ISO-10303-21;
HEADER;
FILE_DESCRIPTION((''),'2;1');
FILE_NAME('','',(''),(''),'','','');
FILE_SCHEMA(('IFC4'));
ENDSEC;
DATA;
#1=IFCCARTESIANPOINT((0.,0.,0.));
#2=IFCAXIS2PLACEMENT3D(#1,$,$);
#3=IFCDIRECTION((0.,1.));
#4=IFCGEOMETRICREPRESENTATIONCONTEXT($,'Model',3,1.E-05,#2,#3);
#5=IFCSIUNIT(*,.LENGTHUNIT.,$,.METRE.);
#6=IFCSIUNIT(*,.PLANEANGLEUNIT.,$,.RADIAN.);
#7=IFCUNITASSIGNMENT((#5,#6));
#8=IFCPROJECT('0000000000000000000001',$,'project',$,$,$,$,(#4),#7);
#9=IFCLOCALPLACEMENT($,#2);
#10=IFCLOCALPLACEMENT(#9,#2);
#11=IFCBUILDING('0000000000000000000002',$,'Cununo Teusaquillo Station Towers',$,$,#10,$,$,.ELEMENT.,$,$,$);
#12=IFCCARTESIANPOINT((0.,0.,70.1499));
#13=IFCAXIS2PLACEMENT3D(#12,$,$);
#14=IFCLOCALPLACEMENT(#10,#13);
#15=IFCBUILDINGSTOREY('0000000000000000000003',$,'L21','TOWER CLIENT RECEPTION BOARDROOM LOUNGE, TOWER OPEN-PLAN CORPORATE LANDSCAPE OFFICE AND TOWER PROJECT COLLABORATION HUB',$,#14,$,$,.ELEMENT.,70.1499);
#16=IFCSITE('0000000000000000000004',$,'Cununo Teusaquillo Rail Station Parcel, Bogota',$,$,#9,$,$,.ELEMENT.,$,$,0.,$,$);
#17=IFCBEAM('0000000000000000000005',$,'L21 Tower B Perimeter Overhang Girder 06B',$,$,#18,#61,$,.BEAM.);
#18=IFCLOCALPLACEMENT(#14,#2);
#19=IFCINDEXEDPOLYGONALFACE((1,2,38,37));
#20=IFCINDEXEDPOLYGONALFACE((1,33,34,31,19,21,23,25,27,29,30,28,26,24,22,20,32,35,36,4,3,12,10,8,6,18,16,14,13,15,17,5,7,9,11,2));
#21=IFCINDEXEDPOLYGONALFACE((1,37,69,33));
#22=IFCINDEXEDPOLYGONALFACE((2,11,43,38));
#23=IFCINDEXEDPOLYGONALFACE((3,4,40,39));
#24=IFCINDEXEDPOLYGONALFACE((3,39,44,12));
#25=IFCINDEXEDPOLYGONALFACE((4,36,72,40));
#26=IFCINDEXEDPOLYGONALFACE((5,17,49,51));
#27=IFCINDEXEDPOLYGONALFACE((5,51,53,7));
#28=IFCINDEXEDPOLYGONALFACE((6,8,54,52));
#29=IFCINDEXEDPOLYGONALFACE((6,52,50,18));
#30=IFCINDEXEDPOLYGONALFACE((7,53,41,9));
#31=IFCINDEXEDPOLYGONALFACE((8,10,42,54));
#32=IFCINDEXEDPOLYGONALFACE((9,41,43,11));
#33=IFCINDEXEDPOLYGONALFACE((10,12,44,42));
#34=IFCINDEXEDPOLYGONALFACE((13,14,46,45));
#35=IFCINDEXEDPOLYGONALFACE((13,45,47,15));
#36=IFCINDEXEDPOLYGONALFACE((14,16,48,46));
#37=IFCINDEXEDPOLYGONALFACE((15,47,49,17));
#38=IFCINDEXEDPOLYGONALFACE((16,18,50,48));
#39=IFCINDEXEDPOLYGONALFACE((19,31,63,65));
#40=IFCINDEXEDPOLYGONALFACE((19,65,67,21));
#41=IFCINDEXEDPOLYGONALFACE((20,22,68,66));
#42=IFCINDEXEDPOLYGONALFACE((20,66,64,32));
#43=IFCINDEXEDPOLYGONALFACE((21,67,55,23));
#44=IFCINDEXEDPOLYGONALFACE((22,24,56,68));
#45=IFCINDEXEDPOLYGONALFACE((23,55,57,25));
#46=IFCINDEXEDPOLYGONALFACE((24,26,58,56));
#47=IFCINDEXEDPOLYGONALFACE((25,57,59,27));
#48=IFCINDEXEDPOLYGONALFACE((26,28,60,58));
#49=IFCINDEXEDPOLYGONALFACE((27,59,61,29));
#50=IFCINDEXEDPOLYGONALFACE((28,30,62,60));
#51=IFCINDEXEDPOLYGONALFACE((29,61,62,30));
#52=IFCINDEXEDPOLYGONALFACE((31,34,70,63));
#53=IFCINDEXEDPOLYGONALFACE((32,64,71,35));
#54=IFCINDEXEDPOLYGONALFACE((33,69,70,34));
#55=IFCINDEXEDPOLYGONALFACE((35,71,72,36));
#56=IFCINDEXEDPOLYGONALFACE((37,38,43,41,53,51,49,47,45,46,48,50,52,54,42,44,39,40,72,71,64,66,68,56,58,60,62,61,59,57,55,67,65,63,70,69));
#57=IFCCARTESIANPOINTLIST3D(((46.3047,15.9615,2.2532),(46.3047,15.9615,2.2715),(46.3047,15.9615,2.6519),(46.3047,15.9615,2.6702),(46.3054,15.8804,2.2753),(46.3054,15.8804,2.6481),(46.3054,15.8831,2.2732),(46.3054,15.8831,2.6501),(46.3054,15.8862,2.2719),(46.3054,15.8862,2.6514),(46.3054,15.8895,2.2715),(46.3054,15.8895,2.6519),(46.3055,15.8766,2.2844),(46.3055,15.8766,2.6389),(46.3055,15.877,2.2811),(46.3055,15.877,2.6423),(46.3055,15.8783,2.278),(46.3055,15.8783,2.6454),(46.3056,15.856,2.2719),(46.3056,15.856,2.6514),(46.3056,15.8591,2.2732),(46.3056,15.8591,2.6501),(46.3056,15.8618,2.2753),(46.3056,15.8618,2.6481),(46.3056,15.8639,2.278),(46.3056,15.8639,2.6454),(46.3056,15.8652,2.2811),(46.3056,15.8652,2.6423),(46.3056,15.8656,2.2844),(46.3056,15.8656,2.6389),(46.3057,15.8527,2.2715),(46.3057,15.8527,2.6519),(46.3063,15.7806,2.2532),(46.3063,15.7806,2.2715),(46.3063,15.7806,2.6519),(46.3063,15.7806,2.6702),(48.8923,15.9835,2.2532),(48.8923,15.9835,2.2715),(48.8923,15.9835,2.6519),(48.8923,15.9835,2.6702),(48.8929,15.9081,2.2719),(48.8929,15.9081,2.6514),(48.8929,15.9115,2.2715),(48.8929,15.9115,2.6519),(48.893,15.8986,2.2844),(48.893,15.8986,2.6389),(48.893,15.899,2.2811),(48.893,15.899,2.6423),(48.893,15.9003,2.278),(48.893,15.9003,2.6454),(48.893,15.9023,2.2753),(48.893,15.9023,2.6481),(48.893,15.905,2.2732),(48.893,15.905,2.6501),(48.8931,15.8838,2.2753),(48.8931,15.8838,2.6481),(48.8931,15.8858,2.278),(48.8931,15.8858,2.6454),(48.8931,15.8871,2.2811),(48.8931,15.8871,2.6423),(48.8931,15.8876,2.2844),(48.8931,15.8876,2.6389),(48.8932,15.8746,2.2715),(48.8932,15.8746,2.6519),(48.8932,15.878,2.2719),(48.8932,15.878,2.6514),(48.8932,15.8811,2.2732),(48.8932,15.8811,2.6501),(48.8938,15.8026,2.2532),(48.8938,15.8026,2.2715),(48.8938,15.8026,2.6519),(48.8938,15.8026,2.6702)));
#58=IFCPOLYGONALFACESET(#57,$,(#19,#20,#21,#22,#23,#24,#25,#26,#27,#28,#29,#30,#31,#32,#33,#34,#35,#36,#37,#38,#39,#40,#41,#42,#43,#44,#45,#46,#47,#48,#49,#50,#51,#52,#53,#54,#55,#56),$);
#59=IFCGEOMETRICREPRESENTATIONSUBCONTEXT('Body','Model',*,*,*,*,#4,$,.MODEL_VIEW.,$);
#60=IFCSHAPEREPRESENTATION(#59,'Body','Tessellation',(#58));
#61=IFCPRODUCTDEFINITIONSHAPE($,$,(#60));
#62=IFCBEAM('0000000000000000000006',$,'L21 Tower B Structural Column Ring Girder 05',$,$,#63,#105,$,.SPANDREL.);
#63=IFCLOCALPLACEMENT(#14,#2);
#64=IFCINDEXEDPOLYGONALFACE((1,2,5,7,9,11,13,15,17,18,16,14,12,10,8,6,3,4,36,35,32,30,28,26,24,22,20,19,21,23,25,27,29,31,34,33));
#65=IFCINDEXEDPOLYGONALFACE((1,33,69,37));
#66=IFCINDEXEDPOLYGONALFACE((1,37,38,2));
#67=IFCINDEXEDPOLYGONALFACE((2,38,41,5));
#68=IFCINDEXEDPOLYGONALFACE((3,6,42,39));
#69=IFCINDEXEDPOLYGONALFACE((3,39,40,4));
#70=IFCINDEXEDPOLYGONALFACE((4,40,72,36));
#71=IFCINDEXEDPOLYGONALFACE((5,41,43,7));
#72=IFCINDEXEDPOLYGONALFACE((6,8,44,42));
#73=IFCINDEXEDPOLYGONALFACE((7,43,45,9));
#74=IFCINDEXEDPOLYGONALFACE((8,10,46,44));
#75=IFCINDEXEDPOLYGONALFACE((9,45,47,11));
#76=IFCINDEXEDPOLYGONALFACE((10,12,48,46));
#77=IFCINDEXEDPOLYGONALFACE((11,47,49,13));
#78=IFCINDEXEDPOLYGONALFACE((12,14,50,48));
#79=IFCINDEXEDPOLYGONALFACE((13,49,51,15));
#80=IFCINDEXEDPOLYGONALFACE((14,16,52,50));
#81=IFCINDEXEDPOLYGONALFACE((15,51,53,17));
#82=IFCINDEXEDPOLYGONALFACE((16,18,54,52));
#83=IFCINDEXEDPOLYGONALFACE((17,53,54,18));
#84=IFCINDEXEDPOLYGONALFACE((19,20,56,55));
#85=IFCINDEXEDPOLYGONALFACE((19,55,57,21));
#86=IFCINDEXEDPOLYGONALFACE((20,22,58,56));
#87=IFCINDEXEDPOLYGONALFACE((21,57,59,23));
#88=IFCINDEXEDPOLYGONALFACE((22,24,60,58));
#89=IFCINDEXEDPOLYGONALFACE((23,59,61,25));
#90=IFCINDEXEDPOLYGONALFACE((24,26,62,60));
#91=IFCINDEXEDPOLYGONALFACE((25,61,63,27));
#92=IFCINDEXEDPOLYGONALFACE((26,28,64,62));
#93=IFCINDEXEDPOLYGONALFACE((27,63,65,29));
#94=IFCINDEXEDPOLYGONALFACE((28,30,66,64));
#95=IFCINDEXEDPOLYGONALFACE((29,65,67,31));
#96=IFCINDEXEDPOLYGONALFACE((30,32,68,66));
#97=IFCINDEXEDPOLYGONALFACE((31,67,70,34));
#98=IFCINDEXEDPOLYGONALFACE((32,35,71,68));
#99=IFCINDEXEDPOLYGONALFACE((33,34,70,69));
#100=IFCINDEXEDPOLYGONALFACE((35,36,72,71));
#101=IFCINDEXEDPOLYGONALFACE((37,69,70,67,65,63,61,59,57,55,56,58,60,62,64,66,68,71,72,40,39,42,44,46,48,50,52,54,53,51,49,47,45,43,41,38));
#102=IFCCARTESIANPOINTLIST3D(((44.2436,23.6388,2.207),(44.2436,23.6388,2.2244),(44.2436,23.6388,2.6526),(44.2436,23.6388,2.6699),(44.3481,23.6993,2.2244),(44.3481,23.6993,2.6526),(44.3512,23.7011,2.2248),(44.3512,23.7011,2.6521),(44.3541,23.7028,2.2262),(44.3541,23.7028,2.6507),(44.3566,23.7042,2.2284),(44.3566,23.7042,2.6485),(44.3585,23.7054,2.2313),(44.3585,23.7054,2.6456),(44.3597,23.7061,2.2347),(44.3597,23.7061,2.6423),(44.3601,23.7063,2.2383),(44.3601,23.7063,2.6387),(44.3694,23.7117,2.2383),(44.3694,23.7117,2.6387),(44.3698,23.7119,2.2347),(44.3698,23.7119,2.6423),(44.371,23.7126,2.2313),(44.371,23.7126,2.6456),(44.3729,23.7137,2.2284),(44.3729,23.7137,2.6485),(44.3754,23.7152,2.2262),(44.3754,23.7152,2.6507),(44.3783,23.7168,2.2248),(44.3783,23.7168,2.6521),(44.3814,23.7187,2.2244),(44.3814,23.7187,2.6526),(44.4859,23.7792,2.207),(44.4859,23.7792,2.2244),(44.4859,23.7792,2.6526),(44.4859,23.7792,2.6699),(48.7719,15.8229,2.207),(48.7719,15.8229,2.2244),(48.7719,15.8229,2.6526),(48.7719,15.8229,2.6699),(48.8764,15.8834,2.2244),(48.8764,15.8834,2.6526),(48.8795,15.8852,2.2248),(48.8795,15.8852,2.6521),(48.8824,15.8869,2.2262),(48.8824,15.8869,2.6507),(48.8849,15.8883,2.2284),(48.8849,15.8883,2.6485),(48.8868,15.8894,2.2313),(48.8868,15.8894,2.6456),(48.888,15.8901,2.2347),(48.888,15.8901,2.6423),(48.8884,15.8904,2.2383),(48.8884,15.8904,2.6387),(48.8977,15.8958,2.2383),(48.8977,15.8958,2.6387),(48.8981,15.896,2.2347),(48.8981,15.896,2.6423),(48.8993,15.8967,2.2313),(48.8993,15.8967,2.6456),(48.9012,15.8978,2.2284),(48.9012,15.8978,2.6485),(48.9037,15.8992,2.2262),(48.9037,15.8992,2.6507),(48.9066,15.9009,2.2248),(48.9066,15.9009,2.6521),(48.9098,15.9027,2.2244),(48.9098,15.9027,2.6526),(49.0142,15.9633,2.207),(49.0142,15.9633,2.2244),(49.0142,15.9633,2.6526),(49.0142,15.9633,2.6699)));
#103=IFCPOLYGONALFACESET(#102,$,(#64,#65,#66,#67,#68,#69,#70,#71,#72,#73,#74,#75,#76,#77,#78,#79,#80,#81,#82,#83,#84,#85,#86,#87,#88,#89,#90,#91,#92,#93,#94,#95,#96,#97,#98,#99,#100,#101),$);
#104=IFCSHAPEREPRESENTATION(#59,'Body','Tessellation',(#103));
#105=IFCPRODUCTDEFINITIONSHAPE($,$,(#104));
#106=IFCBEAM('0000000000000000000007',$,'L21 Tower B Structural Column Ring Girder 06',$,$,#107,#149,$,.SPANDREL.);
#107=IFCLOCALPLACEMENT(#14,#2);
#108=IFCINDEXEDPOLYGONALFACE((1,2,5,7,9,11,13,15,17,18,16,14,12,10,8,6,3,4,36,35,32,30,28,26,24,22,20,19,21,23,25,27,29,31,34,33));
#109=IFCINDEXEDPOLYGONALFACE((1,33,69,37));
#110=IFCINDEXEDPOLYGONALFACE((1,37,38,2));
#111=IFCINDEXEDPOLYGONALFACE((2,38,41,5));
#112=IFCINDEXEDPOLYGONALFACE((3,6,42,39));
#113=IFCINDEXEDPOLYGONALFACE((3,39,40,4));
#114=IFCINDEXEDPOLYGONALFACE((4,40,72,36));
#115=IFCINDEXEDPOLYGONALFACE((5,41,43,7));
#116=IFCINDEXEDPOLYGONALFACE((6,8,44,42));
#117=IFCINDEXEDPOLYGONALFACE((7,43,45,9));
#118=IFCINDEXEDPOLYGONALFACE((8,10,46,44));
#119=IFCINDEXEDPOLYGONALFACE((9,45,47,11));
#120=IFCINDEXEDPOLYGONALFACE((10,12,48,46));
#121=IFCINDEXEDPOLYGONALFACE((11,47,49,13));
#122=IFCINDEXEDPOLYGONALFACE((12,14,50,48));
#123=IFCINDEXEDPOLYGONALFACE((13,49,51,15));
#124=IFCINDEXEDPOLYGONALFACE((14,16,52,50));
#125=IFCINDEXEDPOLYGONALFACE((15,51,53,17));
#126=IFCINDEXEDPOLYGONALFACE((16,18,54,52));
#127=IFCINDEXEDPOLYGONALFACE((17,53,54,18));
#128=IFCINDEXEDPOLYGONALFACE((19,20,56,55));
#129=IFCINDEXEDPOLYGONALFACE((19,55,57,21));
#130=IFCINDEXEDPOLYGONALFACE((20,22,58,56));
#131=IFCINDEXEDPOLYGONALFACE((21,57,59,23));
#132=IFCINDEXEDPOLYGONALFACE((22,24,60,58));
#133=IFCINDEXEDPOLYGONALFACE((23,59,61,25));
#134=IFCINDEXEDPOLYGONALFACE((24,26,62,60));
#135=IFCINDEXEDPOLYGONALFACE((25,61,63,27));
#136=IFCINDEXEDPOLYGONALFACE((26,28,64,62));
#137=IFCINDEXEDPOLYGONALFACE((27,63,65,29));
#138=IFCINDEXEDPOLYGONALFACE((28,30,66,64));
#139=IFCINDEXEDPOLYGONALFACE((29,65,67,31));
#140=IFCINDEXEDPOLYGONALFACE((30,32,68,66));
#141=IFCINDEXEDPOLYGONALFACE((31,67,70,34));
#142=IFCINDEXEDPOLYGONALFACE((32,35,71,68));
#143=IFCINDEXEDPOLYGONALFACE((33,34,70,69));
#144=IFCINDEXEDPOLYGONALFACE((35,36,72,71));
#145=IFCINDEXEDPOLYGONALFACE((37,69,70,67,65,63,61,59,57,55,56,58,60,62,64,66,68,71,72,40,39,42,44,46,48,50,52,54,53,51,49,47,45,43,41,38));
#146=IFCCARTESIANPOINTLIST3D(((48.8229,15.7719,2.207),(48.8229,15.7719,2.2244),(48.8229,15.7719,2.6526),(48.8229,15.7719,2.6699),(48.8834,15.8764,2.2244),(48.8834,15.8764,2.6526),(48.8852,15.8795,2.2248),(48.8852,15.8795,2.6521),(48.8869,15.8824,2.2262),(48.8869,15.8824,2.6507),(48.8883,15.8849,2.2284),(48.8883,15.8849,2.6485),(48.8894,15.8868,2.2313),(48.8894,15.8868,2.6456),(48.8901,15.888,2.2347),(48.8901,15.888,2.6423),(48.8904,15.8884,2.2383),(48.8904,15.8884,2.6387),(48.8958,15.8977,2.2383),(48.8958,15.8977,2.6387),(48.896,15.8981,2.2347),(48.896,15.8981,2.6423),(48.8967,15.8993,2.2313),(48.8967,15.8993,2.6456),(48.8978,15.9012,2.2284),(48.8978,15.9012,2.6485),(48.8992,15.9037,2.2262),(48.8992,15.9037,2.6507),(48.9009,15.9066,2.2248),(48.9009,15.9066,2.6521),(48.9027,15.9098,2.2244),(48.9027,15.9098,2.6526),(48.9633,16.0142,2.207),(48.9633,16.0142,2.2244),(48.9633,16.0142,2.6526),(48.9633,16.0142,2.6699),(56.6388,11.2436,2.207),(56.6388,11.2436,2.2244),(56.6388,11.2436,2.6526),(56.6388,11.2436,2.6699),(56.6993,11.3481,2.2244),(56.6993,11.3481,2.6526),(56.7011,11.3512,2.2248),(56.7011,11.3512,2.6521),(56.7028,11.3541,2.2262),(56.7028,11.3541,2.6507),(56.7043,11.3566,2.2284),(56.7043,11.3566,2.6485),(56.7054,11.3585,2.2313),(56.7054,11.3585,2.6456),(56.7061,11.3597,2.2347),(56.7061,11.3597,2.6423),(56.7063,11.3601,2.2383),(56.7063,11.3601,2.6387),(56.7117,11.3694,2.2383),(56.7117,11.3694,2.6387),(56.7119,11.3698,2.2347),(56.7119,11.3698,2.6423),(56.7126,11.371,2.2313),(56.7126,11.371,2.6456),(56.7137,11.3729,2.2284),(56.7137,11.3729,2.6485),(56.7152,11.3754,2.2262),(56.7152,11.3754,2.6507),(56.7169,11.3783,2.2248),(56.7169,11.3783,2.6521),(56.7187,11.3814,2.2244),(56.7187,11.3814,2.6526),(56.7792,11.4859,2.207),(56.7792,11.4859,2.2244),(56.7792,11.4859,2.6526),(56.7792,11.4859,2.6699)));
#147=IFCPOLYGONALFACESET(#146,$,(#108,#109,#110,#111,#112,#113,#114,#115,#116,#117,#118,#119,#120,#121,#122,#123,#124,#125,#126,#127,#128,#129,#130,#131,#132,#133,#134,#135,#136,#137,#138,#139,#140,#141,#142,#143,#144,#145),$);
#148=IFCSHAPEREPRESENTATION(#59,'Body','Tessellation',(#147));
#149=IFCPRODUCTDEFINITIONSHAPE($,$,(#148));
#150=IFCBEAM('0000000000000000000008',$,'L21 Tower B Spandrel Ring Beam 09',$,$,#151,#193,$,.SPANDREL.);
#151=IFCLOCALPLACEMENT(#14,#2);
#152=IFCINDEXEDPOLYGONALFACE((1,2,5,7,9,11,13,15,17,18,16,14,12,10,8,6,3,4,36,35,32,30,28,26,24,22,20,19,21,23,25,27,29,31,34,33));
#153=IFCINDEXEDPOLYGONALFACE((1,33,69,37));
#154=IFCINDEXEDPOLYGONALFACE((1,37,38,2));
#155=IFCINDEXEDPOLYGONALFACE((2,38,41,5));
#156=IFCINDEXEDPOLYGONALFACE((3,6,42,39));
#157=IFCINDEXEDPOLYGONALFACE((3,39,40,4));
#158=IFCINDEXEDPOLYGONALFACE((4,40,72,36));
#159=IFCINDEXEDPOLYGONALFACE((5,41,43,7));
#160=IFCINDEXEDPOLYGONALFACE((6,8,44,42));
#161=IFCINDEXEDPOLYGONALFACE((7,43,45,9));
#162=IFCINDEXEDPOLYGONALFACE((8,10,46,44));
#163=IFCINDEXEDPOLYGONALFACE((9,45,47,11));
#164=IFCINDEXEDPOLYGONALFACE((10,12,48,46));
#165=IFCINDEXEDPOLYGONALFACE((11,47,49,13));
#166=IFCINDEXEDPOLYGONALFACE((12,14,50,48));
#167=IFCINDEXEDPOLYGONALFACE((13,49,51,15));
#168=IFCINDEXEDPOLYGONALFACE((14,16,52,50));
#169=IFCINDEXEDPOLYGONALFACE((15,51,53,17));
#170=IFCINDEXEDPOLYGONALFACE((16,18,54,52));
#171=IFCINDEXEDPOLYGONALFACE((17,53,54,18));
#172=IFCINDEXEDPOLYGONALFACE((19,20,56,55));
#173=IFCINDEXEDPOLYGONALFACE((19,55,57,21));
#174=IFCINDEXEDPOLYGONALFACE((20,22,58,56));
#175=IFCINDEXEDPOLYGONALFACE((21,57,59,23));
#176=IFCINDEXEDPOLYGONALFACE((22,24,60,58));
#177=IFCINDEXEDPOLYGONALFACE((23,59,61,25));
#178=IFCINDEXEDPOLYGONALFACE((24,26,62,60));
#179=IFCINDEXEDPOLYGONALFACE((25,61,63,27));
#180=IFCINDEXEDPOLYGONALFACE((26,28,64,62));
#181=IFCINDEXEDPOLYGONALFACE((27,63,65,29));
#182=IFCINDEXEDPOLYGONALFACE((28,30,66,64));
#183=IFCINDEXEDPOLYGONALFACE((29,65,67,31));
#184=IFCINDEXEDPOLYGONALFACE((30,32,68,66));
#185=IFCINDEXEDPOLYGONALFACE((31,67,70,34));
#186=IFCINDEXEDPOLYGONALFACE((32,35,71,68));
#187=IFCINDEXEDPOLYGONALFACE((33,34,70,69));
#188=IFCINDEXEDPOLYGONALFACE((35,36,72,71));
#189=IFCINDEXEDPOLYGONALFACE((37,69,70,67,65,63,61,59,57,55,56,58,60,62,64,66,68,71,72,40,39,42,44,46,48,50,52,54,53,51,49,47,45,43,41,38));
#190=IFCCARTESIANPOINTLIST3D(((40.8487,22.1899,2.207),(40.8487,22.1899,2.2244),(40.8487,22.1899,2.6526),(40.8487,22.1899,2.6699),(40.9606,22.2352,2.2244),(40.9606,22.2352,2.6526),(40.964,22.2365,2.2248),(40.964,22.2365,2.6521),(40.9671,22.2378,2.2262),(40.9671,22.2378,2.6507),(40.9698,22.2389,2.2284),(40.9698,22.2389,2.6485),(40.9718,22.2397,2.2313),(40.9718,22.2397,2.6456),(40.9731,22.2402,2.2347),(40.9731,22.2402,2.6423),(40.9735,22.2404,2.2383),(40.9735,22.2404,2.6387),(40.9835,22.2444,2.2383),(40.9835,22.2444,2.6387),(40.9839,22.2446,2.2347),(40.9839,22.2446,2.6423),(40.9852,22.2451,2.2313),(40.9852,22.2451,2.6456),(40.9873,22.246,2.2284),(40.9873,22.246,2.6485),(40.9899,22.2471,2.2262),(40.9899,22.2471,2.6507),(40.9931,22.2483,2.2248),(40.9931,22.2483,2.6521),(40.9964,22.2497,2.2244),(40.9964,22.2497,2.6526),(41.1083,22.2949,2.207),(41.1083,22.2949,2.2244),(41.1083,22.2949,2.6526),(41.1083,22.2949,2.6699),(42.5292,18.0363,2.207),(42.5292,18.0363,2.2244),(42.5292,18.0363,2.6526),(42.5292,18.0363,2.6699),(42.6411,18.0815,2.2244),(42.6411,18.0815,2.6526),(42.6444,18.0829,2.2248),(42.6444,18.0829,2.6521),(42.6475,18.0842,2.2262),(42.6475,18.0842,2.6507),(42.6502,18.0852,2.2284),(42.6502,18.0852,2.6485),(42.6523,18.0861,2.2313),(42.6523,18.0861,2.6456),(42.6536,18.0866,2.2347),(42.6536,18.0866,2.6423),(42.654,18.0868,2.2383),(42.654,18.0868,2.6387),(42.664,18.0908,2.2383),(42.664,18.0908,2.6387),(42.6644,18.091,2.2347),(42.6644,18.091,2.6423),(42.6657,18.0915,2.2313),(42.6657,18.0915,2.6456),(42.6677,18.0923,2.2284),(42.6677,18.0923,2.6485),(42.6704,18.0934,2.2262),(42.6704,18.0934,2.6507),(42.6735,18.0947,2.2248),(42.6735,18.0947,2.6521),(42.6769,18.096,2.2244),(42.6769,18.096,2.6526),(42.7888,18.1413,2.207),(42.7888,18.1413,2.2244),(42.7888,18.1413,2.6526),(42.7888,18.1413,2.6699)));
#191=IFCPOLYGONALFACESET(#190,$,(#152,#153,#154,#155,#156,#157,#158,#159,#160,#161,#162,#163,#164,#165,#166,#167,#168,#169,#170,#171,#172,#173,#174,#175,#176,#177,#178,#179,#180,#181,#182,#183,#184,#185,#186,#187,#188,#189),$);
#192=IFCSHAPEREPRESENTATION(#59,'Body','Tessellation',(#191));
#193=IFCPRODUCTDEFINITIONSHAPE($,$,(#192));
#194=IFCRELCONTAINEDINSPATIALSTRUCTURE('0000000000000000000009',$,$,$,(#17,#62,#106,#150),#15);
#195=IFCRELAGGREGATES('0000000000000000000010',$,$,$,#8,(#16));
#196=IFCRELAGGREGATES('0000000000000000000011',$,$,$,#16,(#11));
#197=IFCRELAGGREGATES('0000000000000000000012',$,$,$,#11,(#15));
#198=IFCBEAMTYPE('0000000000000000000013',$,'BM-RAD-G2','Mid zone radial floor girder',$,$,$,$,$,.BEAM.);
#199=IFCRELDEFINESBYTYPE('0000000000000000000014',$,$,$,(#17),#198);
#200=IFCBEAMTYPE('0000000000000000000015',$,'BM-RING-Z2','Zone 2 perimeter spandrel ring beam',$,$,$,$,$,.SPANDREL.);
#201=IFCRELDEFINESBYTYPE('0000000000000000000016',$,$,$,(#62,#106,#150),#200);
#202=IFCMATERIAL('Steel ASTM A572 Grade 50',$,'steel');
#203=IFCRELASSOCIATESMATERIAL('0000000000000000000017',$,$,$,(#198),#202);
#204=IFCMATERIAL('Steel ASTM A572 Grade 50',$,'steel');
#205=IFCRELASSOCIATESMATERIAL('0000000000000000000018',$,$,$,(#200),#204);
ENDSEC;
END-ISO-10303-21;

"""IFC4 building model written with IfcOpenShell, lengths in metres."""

from ifc_helpers import new_model, si_unit, direction, frame, origin, origin_2d, place, context, subcontext, project, spatial, i_section, extrude, material, material_profile, profile_set, type_object, element, save


model = new_model("IFC4")

# Units and contexts
model_context = context("Model", 3, precision=1e-05, world=origin(), true_north=direction((0.0, 1.0)))
body_context = subcontext(model_context, "Body", "Model", "MODEL_VIEW")
ifc_project = project(units=[si_unit("LENGTHUNIT", "METRE"), si_unit("PLANEANGLEUNIT", "RADIAN")], contexts=[model_context])

# Site, building, storey
site_placement = place(None, origin())
site = spatial("IfcSite", under=ifc_project, at=site_placement, Name="Cununo Teusaquillo Rail Station Parcel, Bogota", CompositionType="ELEMENT", RefElevation=0.0)
building_placement = place(site_placement, origin())
building = spatial("IfcBuilding", under=site, at=building_placement, Name="Cununo Teusaquillo Station Towers", CompositionType="ELEMENT")
storey_placement = place(building_placement, frame((0.0, 0.0, 70.1499)))
storey = spatial("IfcBuildingStorey", under=building, at=storey_placement, Name="L21", Description="TOWER CLIENT RECEPTION BOARDROOM LOUNGE, TOWER OPEN-PLAN CORPORATE LANDSCAPE OFFICE AND TOWER PROJECT COLLABORATION HUB", CompositionType="ELEMENT", Elevation=70.1499)

# Beams
ifc_material_1 = material(Name="Steel ASTM A572 Grade 50", Category="steel")
ifc_material_profile_1 = material_profile(ifc_material_1, i_section(OverallWidth=0.1809, OverallDepth=0.417, WebThickness=0.011, FlangeThickness=0.0183, FilletRadius=0.0129, at=origin_2d()), Name="W16X57")
ifc_profile_set_1 = profile_set([ifc_material_profile_1], Name="Steel ASTM A572 Grade 50")
beam_type_1 = type_object("IfcBeamType", Name="BM-RAD-G2", Description="Mid zone radial floor girder", PredefinedType="BEAM", material=ifc_profile_set_1)
beam_1_placement = place(storey_placement, frame((48.8931, 15.8931, 2.4617), z_axis=(-0.999964, -0.008491, 0.0), x_axis=(0.008491, -0.999964, 0.0)))
element("IfcBeam", 1, at=beam_1_placement, inside=storey, type_object=beam_type_1, Name="L21 Tower B Perimeter Overhang Girder 06B", PredefinedType="BEAM", context=body_context, shape_type="SweptSolid", body=[
    extrude(i_section(OverallWidth=0.1809, OverallDepth=0.417, WebThickness=0.011, FlangeThickness=0.0183, FilletRadius=0.0129, at=origin_2d()), origin(), (0.0, 0.0, 1.0), 2.5876),
])
ifc_material_2 = material(Name="Steel ASTM A572 Grade 50", Category="steel")
ifc_material_profile_2 = material_profile(ifc_material_2, i_section(OverallWidth=0.28, OverallDepth=0.4629, WebThickness=0.0107, FlangeThickness=0.0173, FilletRadius=0.0139, at=origin_2d()), Name="W18X76")
ifc_profile_set_2 = profile_set([ifc_material_profile_2], Name="Steel ASTM A572 Grade 50")
beam_type_2 = type_object("IfcBeamType", Name="BM-RING-Z2", Description="Zone 2 perimeter spandrel ring beam", PredefinedType="SPANDREL", material=ifc_profile_set_2)
for number, where, z_axis, x_axis, name in (
    (2, (44.3647, 23.709, 2.4385), (0.501311, -0.865267, 0.0), (0.865267, 0.501311, 0.0), "L21 Tower B Structural Column Ring Girder 05"),
    (3, (48.8931, 15.8931, 2.4385), (0.865267, -0.501311, 0.0), (0.501311, 0.865267, 0.0), "L21 Tower B Structural Column Ring Girder 06"),
):
    element("IfcBeam", number, at=place(storey_placement, frame(where, z_axis=z_axis, x_axis=x_axis)), inside=storey, type_object=beam_type_2, Name=name, PredefinedType="SPANDREL", context=body_context, shape_type="SweptSolid", body=[
        extrude(i_section(OverallWidth=0.28, OverallDepth=0.4629, WebThickness=0.0107, FlangeThickness=0.0173, FilletRadius=0.0139, at=origin_2d()), origin(), (0.0, 0.0, 1.0), 9.033),
    ])
beam_2_placement = place(storey_placement, frame((40.9785, 22.2424, 2.4385), z_axis=(0.375042, -0.927008, 0.0), x_axis=(0.927008, 0.375042, 0.0)))
element("IfcBeam", 4, at=beam_2_placement, inside=storey, type_object=beam_type_2, Name="L21 Tower B Spandrel Ring Beam 09", PredefinedType="SPANDREL", context=body_context, shape_type="SweptSolid", body=[
    extrude(i_section(OverallWidth=0.28, OverallDepth=0.4629, WebThickness=0.0107, FlangeThickness=0.0173, FilletRadius=0.0139, at=origin_2d()), origin(), (0.0, 0.0, 1.0), 4.4807),
])

save(model, "model.ifc")
